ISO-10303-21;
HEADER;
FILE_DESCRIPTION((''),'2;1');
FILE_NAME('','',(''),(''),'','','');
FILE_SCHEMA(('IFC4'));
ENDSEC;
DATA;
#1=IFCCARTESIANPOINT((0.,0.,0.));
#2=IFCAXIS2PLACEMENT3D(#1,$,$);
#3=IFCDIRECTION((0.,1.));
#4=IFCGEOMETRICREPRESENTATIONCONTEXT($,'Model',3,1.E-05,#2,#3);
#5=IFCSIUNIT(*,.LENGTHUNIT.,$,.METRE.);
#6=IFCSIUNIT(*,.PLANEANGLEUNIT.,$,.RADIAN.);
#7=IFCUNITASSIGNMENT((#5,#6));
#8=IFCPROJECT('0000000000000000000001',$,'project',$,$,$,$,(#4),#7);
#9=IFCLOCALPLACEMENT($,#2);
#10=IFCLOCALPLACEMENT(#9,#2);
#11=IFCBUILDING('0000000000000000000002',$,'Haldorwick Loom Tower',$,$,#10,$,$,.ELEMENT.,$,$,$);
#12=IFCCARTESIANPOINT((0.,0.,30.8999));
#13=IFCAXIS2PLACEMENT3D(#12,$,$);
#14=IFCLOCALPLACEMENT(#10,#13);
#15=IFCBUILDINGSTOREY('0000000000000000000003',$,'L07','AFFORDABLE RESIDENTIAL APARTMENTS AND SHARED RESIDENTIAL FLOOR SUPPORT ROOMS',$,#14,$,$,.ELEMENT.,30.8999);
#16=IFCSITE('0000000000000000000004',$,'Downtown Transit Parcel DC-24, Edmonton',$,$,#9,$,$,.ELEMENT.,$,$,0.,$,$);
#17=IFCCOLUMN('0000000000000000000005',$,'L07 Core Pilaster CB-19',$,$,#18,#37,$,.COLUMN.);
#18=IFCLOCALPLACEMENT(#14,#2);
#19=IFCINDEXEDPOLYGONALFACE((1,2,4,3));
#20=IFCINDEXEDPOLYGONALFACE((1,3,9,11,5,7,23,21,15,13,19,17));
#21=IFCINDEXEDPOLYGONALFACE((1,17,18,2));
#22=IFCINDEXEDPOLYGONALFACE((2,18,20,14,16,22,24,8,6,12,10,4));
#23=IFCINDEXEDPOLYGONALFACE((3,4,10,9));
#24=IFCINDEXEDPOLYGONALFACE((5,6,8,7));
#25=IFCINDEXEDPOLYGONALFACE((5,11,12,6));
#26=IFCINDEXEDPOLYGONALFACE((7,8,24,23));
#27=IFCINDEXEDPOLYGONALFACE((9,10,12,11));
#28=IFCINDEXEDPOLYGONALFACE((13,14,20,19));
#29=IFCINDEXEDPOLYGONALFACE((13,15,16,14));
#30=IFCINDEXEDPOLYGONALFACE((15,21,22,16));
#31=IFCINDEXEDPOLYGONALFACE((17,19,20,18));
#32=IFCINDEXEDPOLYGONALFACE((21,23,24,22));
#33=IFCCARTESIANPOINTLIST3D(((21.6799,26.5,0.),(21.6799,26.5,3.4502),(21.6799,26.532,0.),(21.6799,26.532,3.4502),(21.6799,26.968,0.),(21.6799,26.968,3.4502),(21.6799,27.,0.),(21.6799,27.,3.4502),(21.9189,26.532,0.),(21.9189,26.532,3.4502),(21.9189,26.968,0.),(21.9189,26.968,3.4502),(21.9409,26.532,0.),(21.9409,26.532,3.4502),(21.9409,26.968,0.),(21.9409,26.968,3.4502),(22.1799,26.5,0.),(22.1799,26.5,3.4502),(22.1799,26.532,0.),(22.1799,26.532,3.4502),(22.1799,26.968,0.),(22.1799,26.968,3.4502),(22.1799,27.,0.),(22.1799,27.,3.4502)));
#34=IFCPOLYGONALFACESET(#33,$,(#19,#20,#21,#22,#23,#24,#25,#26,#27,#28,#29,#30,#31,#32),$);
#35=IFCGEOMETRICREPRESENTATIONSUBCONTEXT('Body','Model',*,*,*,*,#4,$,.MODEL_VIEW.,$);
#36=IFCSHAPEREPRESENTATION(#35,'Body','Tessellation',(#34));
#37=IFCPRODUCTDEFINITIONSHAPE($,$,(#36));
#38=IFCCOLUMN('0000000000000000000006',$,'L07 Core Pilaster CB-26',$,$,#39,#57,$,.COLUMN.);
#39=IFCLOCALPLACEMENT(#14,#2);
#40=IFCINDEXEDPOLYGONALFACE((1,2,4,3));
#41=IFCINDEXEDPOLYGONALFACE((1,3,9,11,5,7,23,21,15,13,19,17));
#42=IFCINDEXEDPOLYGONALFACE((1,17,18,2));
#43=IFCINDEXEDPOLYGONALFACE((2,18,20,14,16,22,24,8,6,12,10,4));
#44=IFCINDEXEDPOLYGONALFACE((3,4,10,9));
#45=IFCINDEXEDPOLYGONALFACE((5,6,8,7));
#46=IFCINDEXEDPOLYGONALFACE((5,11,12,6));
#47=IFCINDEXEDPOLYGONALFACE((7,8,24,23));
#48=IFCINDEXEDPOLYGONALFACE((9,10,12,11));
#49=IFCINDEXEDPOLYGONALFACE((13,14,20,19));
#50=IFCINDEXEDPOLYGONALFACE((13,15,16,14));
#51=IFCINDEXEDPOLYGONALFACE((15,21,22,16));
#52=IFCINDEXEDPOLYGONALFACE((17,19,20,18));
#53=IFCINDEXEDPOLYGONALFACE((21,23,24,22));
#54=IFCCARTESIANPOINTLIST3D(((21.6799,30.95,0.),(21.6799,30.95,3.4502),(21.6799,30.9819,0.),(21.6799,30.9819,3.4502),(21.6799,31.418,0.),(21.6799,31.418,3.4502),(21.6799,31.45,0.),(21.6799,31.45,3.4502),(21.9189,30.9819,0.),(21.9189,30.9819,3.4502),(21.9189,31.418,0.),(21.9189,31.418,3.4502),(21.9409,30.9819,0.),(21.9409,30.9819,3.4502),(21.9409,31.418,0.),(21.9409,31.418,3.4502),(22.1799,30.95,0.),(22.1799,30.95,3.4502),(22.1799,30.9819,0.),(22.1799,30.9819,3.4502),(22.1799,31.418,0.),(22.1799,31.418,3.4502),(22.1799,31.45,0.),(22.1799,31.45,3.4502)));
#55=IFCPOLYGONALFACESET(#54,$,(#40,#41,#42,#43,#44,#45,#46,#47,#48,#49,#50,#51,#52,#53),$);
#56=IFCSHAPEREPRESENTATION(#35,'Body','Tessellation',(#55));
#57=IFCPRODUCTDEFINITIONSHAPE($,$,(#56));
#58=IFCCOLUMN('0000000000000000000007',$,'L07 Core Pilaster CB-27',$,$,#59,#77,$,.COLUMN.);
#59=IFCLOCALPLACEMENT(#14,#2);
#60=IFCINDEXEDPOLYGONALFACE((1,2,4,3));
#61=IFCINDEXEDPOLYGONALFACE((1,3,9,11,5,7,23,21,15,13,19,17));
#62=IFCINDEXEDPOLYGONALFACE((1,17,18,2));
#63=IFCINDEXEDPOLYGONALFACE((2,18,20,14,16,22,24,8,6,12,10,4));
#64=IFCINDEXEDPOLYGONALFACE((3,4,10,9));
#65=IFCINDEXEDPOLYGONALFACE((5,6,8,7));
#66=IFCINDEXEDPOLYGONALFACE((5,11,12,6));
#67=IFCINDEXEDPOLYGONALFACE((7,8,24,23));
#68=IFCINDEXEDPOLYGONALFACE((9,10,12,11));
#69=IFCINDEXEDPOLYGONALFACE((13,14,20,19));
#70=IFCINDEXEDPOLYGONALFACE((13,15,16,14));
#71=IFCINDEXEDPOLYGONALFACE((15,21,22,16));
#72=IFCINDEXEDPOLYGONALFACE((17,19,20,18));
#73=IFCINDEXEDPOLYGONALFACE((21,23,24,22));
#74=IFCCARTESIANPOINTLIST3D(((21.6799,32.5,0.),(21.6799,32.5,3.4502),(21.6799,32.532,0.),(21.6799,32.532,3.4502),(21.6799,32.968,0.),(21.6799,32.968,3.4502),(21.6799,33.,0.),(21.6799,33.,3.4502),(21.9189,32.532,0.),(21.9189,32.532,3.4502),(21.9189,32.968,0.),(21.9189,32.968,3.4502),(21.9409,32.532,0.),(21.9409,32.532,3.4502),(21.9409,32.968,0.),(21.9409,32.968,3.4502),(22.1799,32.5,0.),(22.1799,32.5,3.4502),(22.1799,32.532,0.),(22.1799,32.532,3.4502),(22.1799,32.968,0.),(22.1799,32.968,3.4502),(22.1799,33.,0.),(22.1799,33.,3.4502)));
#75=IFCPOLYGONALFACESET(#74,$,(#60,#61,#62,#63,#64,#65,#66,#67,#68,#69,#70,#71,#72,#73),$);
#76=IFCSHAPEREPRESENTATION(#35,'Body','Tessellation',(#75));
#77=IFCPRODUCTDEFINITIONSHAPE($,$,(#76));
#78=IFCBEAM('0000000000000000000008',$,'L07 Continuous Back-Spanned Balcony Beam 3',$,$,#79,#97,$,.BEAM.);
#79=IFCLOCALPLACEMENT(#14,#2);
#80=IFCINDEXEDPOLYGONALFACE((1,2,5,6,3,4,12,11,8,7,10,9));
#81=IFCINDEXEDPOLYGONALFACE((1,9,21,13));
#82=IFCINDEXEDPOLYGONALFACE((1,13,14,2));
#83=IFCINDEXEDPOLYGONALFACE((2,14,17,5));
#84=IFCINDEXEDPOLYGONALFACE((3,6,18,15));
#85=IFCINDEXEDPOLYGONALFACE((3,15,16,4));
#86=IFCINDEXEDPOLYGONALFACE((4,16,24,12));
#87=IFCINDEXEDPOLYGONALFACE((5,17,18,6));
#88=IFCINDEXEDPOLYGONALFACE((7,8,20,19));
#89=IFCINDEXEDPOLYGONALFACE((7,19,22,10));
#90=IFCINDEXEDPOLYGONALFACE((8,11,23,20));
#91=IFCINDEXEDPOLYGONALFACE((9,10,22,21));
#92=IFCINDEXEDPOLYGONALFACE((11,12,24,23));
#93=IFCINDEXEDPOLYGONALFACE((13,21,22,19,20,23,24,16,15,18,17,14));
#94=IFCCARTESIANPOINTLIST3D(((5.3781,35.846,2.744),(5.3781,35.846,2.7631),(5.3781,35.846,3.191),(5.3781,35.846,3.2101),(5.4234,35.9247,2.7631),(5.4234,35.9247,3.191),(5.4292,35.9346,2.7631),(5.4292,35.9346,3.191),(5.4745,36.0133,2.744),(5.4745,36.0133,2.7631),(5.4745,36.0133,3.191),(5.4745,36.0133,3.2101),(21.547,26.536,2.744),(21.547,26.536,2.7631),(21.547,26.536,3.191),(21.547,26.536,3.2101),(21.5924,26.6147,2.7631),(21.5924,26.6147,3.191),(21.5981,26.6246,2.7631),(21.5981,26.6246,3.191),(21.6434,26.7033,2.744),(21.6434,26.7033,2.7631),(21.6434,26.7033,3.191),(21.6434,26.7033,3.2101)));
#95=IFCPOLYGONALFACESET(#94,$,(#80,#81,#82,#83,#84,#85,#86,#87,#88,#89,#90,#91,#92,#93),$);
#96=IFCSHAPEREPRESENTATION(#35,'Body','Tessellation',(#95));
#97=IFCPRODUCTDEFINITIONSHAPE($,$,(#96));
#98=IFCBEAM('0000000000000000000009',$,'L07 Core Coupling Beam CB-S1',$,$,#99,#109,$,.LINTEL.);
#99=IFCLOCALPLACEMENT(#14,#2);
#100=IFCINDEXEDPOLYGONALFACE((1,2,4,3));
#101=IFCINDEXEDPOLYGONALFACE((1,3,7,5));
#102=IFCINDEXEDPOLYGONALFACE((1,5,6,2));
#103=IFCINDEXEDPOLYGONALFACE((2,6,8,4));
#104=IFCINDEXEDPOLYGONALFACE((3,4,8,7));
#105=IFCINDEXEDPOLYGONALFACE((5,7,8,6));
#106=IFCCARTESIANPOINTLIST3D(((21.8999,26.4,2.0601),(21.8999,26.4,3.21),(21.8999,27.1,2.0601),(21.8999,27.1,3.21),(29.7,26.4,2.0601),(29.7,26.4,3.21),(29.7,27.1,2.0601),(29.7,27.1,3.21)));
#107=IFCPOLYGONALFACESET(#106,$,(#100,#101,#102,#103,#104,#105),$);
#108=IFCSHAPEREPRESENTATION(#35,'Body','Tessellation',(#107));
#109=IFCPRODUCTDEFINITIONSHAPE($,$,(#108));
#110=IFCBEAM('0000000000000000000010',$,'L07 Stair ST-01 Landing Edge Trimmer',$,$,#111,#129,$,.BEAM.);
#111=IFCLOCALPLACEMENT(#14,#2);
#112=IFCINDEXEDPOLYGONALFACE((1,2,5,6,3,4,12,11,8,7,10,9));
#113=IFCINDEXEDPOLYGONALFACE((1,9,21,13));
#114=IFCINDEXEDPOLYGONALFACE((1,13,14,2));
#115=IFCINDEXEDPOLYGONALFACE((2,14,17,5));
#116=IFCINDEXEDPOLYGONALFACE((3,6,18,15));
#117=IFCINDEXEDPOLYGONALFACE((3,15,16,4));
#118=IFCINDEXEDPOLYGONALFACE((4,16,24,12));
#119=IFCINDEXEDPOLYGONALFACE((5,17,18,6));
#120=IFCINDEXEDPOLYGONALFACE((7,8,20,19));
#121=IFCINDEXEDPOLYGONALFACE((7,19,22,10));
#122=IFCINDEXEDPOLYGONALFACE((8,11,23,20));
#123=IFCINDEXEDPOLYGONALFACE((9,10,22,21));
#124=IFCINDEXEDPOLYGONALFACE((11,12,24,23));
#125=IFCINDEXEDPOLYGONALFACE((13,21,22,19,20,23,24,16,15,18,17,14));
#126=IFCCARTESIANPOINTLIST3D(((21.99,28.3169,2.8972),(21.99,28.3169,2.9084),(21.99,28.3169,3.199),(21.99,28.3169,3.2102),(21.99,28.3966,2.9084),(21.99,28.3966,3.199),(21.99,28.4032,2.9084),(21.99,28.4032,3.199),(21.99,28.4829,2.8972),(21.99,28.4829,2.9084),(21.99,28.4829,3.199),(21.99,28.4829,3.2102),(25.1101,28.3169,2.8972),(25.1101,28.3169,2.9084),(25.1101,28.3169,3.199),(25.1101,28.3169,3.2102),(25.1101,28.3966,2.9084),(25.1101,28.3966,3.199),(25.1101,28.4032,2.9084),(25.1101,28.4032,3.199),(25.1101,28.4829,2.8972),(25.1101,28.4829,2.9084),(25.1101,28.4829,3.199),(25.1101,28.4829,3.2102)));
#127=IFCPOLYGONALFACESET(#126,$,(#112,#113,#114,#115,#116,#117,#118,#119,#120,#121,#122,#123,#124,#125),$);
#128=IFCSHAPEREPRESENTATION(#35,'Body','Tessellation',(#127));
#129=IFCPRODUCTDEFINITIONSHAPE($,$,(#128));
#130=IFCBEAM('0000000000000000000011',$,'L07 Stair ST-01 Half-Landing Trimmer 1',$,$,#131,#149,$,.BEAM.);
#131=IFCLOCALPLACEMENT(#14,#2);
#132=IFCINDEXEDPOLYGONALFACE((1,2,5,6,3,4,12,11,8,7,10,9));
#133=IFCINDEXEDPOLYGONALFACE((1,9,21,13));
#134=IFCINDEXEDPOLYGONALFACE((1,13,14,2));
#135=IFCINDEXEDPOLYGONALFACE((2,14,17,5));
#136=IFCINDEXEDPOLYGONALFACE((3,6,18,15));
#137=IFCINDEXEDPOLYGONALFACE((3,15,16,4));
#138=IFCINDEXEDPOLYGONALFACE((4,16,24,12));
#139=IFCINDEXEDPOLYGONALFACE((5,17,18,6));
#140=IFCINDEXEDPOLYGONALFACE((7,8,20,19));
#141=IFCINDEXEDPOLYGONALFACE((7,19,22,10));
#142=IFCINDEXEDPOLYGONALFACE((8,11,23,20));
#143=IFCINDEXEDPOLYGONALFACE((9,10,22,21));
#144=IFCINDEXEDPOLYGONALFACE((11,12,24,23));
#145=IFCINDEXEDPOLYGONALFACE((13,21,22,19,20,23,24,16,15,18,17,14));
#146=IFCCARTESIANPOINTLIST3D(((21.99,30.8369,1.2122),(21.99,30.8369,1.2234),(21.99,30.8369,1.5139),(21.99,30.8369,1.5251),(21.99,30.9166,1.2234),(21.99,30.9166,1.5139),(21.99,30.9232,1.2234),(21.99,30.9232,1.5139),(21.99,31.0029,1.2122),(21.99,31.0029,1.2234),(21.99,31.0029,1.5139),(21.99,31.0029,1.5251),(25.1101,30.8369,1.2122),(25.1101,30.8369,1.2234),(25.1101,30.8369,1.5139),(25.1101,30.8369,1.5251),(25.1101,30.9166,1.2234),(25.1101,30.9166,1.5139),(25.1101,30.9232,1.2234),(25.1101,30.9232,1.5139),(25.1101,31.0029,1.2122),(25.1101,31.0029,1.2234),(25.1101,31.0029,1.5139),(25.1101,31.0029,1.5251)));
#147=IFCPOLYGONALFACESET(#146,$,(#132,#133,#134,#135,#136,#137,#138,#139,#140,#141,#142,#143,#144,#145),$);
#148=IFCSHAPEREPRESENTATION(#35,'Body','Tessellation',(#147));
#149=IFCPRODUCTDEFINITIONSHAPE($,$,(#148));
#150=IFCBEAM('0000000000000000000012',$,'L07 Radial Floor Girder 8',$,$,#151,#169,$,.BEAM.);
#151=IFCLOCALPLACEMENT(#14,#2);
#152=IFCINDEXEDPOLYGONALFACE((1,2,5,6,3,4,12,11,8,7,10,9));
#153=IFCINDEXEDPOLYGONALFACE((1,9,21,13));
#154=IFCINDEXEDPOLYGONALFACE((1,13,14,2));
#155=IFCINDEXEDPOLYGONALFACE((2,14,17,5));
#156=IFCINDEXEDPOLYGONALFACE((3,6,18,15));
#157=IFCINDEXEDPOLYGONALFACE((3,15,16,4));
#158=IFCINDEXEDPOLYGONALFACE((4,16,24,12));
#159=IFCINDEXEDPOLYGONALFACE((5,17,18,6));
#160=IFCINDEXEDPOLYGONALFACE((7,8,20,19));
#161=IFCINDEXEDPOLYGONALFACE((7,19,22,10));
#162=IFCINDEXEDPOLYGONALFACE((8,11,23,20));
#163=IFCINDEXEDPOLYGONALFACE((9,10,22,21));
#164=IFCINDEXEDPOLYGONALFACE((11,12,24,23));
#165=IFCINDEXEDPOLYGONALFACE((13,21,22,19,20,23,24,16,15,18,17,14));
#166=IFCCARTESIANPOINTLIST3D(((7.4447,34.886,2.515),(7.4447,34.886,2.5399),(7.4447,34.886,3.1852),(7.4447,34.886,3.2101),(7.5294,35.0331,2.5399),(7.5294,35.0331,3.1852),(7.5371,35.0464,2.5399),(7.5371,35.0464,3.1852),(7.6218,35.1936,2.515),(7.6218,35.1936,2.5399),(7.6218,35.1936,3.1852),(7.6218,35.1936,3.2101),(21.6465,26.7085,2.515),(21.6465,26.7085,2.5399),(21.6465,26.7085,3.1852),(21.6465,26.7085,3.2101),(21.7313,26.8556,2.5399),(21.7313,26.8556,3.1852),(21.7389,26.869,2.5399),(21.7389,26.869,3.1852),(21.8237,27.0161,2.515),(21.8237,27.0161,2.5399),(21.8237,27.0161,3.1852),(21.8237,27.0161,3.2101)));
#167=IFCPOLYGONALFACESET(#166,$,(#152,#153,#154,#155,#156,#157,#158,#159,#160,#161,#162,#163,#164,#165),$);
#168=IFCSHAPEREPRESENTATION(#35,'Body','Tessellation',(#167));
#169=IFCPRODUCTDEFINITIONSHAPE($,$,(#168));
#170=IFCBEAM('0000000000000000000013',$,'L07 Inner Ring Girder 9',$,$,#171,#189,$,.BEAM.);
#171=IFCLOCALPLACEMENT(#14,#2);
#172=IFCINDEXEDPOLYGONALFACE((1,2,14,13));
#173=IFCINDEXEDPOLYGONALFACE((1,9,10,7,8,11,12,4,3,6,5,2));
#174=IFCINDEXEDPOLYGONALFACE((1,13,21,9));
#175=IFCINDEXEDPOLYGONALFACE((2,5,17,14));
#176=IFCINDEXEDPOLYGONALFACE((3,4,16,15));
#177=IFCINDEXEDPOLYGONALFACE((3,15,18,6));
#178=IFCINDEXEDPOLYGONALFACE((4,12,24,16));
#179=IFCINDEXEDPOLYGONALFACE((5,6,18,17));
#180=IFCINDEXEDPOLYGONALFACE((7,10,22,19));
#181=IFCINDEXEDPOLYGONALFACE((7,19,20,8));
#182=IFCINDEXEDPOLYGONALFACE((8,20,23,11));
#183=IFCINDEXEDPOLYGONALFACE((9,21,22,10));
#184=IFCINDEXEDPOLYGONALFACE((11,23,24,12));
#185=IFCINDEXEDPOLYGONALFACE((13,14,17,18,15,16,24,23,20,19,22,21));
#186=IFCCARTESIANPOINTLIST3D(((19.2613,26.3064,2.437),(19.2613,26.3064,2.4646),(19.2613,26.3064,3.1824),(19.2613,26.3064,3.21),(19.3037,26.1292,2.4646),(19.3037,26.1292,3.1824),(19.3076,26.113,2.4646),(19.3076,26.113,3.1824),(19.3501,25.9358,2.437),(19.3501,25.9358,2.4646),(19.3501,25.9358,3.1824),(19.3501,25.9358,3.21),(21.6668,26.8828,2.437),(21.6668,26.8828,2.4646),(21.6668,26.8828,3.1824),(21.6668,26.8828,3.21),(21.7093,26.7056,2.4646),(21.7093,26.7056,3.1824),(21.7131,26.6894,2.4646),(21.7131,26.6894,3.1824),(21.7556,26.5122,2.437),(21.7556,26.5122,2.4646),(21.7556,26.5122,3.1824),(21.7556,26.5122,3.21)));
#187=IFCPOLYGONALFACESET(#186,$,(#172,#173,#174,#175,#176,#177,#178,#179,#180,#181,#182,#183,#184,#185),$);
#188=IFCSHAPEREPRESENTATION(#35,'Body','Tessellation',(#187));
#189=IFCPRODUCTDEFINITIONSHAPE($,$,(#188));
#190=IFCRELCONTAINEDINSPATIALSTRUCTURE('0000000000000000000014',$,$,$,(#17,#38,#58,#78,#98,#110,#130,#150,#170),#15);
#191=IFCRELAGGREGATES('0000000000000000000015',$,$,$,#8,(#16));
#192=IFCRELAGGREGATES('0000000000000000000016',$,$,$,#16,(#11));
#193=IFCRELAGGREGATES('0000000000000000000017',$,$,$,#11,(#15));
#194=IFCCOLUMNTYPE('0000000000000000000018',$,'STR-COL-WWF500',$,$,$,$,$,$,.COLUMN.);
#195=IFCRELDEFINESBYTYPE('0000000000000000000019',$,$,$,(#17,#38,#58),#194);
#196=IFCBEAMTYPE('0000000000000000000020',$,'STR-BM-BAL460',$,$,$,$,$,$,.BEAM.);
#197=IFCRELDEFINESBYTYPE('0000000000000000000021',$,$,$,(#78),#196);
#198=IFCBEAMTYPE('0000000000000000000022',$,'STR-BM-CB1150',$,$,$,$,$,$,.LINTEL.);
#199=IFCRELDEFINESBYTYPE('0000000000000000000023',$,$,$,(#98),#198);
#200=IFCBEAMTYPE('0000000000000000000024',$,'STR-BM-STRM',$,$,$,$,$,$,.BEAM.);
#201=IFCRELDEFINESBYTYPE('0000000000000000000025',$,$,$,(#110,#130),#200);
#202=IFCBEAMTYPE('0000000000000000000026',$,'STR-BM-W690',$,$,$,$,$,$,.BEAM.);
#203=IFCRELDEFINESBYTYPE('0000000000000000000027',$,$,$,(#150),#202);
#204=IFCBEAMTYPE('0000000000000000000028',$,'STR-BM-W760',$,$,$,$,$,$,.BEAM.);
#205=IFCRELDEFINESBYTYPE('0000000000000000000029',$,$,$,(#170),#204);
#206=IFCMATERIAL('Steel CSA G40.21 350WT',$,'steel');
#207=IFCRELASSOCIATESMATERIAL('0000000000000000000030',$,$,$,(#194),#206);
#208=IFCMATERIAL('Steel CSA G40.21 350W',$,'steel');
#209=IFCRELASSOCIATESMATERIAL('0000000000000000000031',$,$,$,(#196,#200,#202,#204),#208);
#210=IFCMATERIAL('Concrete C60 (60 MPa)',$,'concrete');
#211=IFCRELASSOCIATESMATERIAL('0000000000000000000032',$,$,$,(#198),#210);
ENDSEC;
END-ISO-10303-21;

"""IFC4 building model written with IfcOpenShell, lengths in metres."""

from ifc_helpers import new_model, si_unit, direction, frame, origin, origin_2d, place, context, subcontext, project, spatial, rectangle, i_section, extrude, material, material_profile, profile_set, type_object, element, save


model = new_model("IFC4")

# Units and contexts
model_context = context("Model", 3, precision=1e-05, world=origin(), true_north=direction((0.0, 1.0)))
body_context = subcontext(model_context, "Body", "Model", "MODEL_VIEW")
ifc_project = project(units=[si_unit("LENGTHUNIT", "METRE"), si_unit("PLANEANGLEUNIT", "RADIAN")], contexts=[model_context])

# Site, building, storey
site_placement = place(None, origin())
site = spatial("IfcSite", under=ifc_project, at=site_placement, Name="Downtown Transit Parcel DC-24, Edmonton", CompositionType="ELEMENT", RefElevation=0.0)
building_placement = place(site_placement, origin())
building = spatial("IfcBuilding", under=site, at=building_placement, Name="Haldorwick Loom Tower", CompositionType="ELEMENT")
storey_placement = place(building_placement, frame((0.0, 0.0, 30.8999)))
storey = spatial("IfcBuildingStorey", under=building, at=storey_placement, Name="L07", Description="AFFORDABLE RESIDENTIAL APARTMENTS AND SHARED RESIDENTIAL FLOOR SUPPORT ROOMS", CompositionType="ELEMENT", Elevation=30.8999)

# Columns
ifc_material_1 = material(Name="Steel CSA G40.21 350WT", Category="steel")
ifc_material_profile_1 = material_profile(ifc_material_1, i_section(OverallWidth=0.5, OverallDepth=0.5, WebThickness=0.022, FlangeThickness=0.032, at=origin_2d()), Name="WWF500X500", Category="steel")
ifc_profile_set_1 = profile_set([ifc_material_profile_1], Name="Steel CSA G40.21 350WT")
column_type = type_object("IfcColumnType", Name="STR-COL-WWF500", PredefinedType="COLUMN", material=ifc_profile_set_1)
for number, where, z_axis, x_axis, name in (
    (1, (21.9299, 26.75, 0.0), (0.0, 0.0, 1.0), (1.0, 0.0, 0.0), "L07 Core Pilaster CB-19"),
    (2, (21.9299, 31.2, 0.0), (0.0, 0.0, 1.0), (1.0, 0.0, 0.0), "L07 Core Pilaster CB-26"),
    (3, (21.9299, 32.75, 0.0), (0.0, 0.0, 1.0), (1.0, 0.0, 0.0), "L07 Core Pilaster CB-27"),
):
    element("IfcColumn", number, at=place(storey_placement, frame(where, z_axis=z_axis, x_axis=x_axis)), inside=storey, type_object=column_type, Name=name, PredefinedType="COLUMN", context=body_context, shape_type="SweptSolid", body=[
        extrude(i_section(OverallWidth=0.5, OverallDepth=0.5, WebThickness=0.022, FlangeThickness=0.032, at=origin_2d()), origin(), (0.0, 0.0, 1.0), 3.4502),
    ])

# Beams
ifc_material_2 = material(Name="Steel CSA G40.21 350W", Category="steel")
ifc_material_profile_2 = material_profile(ifc_material_2, i_section(OverallWidth=0.1931, OverallDepth=0.4661, WebThickness=0.0115, FlangeThickness=0.019, at=origin_2d()), Name="W460X97", Category="steel")
ifc_profile_set_2 = profile_set([ifc_material_profile_2], Name="Steel CSA G40.21 350W")
beam_type_1 = type_object("IfcBeamType", Name="STR-BM-BAL460", PredefinedType="BEAM", material=ifc_profile_set_2)
beam_1_placement = place(storey_placement, frame((21.5952, 26.6196, 2.9771), z_axis=(-0.866607, 0.498991, 0.0), x_axis=(-0.498991, -0.866607, 0.0)))
element("IfcBeam", 4, at=beam_1_placement, inside=storey, type_object=beam_type_1, Name="L07 Continuous Back-Spanned Balcony Beam 3", PredefinedType="BEAM", context=body_context, shape_type="SweptSolid", body=[
    extrude(i_section(OverallWidth=0.1931, OverallDepth=0.4661, WebThickness=0.0115, FlangeThickness=0.019, at=origin_2d()), origin(), (0.0, 0.0, 1.0), 18.6577),
])
ifc_material_3 = material(Name="Concrete C60 (60 MPa)", Category="concrete")
ifc_material_profile_3 = material_profile(ifc_material_3, rectangle(XDim=0.7, YDim=1.1499, at=origin_2d()), Name="RC700X1150", Category="concrete")
ifc_profile_set_3 = profile_set([ifc_material_profile_3], Name="Concrete C60 (60 MPa)")
beam_type_2 = type_object("IfcBeamType", Name="STR-BM-CB1150", PredefinedType="LINTEL", material=ifc_profile_set_3)
beam_2_placement = place(storey_placement, frame((21.8999, 26.75, 2.635), z_axis=(1.0, 0.0, 0.0), x_axis=(0.0, 1.0, 0.0)))
element("IfcBeam", 5, at=beam_2_placement, inside=storey, type_object=beam_type_2, Name="L07 Core Coupling Beam CB-S1", PredefinedType="LINTEL", context=body_context, shape_type="SweptSolid", body=[
    extrude(rectangle(XDim=0.7, YDim=1.1499, at=origin_2d()), origin(), (0.0, 0.0, 1.0), 7.8),
])
ifc_material_profile_4 = material_profile(ifc_material_2, i_section(OverallWidth=0.166, OverallDepth=0.313, WebThickness=0.0066, FlangeThickness=0.0112, at=origin_2d()), Name="W310X45", Category="steel")
ifc_profile_set_4 = profile_set([ifc_material_profile_4], Name="Steel CSA G40.21 350W")
beam_type_3 = type_object("IfcBeamType", Name="STR-BM-STRM", PredefinedType="BEAM", material=ifc_profile_set_4)
for number, where, z_axis, x_axis, name in (
    (6, (21.99, 28.3999, 3.0537), (1.0, 0.0, 0.0), (0.0, 1.0, 0.0), "L07 Stair ST-01 Landing Edge Trimmer"),
    (7, (21.99, 30.9199, 1.3687), (1.0, 0.0, 0.0), (0.0, 1.0, 0.0), "L07 Stair ST-01 Half-Landing Trimmer 1"),
):
    element("IfcBeam", number, at=place(storey_placement, frame(where, z_axis=z_axis, x_axis=x_axis)), inside=storey, type_object=beam_type_3, Name=name, PredefinedType="BEAM", context=body_context, shape_type="SweptSolid", body=[
        extrude(i_section(OverallWidth=0.166, OverallDepth=0.313, WebThickness=0.0066, FlangeThickness=0.0112, at=origin_2d()), origin(), (0.0, 0.0, 1.0), 3.1201),
    ])
ifc_material_profile_5 = material_profile(ifc_material_2, i_section(OverallWidth=0.355, OverallDepth=0.6951, WebThickness=0.0154, FlangeThickness=0.0249, at=origin_2d()), Name="W690X217", Category="steel")
ifc_profile_set_5 = profile_set([ifc_material_profile_5], Name="Steel CSA G40.21 350W")
beam_type_4 = type_object("IfcBeamType", Name="STR-BM-W690", PredefinedType="BEAM", material=ifc_profile_set_5)
beam_3_placement = place(storey_placement, frame((21.7351, 26.8623, 2.8625), z_axis=(-0.866606, 0.498994, 0.0), x_axis=(-0.498994, -0.866606, 0.0)))
element("IfcBeam", 8, at=beam_3_placement, inside=storey, type_object=beam_type_4, Name="L07 Radial Floor Girder 8", PredefinedType="BEAM", context=body_context, shape_type="SweptSolid", body=[
    extrude(i_section(OverallWidth=0.355, OverallDepth=0.6951, WebThickness=0.0154, FlangeThickness=0.0249, at=origin_2d()), origin(), (0.0, 0.0, 1.0), 16.3879),
])
ifc_material_profile_6 = material_profile(ifc_material_2, i_section(OverallWidth=0.3811, OverallDepth=0.7729, WebThickness=0.0166, FlangeThickness=0.0276, at=origin_2d()), Name="W760X257", Category="steel")
ifc_profile_set_6 = profile_set([ifc_material_profile_6], Name="Steel CSA G40.21 350W")
beam_type_5 = type_object("IfcBeamType", Name="STR-BM-W760", PredefinedType="BEAM", material=ifc_profile_set_6)
beam_4_placement = place(storey_placement, frame((19.3057, 26.1211, 2.8235), z_axis=(0.972471, 0.233026, 0.0), x_axis=(-0.233026, 0.972471, 0.0)))
element("IfcBeam", 9, at=beam_4_placement, inside=storey, type_object=beam_type_5, Name="L07 Inner Ring Girder 9", PredefinedType="BEAM", context=body_context, shape_type="SweptSolid", body=[
    extrude(i_section(OverallWidth=0.3811, OverallDepth=0.7729, WebThickness=0.0166, FlangeThickness=0.0276, at=origin_2d()), origin(), (0.0, 0.0, 1.0), 2.4736),
])

save(model, "model.ifc")
